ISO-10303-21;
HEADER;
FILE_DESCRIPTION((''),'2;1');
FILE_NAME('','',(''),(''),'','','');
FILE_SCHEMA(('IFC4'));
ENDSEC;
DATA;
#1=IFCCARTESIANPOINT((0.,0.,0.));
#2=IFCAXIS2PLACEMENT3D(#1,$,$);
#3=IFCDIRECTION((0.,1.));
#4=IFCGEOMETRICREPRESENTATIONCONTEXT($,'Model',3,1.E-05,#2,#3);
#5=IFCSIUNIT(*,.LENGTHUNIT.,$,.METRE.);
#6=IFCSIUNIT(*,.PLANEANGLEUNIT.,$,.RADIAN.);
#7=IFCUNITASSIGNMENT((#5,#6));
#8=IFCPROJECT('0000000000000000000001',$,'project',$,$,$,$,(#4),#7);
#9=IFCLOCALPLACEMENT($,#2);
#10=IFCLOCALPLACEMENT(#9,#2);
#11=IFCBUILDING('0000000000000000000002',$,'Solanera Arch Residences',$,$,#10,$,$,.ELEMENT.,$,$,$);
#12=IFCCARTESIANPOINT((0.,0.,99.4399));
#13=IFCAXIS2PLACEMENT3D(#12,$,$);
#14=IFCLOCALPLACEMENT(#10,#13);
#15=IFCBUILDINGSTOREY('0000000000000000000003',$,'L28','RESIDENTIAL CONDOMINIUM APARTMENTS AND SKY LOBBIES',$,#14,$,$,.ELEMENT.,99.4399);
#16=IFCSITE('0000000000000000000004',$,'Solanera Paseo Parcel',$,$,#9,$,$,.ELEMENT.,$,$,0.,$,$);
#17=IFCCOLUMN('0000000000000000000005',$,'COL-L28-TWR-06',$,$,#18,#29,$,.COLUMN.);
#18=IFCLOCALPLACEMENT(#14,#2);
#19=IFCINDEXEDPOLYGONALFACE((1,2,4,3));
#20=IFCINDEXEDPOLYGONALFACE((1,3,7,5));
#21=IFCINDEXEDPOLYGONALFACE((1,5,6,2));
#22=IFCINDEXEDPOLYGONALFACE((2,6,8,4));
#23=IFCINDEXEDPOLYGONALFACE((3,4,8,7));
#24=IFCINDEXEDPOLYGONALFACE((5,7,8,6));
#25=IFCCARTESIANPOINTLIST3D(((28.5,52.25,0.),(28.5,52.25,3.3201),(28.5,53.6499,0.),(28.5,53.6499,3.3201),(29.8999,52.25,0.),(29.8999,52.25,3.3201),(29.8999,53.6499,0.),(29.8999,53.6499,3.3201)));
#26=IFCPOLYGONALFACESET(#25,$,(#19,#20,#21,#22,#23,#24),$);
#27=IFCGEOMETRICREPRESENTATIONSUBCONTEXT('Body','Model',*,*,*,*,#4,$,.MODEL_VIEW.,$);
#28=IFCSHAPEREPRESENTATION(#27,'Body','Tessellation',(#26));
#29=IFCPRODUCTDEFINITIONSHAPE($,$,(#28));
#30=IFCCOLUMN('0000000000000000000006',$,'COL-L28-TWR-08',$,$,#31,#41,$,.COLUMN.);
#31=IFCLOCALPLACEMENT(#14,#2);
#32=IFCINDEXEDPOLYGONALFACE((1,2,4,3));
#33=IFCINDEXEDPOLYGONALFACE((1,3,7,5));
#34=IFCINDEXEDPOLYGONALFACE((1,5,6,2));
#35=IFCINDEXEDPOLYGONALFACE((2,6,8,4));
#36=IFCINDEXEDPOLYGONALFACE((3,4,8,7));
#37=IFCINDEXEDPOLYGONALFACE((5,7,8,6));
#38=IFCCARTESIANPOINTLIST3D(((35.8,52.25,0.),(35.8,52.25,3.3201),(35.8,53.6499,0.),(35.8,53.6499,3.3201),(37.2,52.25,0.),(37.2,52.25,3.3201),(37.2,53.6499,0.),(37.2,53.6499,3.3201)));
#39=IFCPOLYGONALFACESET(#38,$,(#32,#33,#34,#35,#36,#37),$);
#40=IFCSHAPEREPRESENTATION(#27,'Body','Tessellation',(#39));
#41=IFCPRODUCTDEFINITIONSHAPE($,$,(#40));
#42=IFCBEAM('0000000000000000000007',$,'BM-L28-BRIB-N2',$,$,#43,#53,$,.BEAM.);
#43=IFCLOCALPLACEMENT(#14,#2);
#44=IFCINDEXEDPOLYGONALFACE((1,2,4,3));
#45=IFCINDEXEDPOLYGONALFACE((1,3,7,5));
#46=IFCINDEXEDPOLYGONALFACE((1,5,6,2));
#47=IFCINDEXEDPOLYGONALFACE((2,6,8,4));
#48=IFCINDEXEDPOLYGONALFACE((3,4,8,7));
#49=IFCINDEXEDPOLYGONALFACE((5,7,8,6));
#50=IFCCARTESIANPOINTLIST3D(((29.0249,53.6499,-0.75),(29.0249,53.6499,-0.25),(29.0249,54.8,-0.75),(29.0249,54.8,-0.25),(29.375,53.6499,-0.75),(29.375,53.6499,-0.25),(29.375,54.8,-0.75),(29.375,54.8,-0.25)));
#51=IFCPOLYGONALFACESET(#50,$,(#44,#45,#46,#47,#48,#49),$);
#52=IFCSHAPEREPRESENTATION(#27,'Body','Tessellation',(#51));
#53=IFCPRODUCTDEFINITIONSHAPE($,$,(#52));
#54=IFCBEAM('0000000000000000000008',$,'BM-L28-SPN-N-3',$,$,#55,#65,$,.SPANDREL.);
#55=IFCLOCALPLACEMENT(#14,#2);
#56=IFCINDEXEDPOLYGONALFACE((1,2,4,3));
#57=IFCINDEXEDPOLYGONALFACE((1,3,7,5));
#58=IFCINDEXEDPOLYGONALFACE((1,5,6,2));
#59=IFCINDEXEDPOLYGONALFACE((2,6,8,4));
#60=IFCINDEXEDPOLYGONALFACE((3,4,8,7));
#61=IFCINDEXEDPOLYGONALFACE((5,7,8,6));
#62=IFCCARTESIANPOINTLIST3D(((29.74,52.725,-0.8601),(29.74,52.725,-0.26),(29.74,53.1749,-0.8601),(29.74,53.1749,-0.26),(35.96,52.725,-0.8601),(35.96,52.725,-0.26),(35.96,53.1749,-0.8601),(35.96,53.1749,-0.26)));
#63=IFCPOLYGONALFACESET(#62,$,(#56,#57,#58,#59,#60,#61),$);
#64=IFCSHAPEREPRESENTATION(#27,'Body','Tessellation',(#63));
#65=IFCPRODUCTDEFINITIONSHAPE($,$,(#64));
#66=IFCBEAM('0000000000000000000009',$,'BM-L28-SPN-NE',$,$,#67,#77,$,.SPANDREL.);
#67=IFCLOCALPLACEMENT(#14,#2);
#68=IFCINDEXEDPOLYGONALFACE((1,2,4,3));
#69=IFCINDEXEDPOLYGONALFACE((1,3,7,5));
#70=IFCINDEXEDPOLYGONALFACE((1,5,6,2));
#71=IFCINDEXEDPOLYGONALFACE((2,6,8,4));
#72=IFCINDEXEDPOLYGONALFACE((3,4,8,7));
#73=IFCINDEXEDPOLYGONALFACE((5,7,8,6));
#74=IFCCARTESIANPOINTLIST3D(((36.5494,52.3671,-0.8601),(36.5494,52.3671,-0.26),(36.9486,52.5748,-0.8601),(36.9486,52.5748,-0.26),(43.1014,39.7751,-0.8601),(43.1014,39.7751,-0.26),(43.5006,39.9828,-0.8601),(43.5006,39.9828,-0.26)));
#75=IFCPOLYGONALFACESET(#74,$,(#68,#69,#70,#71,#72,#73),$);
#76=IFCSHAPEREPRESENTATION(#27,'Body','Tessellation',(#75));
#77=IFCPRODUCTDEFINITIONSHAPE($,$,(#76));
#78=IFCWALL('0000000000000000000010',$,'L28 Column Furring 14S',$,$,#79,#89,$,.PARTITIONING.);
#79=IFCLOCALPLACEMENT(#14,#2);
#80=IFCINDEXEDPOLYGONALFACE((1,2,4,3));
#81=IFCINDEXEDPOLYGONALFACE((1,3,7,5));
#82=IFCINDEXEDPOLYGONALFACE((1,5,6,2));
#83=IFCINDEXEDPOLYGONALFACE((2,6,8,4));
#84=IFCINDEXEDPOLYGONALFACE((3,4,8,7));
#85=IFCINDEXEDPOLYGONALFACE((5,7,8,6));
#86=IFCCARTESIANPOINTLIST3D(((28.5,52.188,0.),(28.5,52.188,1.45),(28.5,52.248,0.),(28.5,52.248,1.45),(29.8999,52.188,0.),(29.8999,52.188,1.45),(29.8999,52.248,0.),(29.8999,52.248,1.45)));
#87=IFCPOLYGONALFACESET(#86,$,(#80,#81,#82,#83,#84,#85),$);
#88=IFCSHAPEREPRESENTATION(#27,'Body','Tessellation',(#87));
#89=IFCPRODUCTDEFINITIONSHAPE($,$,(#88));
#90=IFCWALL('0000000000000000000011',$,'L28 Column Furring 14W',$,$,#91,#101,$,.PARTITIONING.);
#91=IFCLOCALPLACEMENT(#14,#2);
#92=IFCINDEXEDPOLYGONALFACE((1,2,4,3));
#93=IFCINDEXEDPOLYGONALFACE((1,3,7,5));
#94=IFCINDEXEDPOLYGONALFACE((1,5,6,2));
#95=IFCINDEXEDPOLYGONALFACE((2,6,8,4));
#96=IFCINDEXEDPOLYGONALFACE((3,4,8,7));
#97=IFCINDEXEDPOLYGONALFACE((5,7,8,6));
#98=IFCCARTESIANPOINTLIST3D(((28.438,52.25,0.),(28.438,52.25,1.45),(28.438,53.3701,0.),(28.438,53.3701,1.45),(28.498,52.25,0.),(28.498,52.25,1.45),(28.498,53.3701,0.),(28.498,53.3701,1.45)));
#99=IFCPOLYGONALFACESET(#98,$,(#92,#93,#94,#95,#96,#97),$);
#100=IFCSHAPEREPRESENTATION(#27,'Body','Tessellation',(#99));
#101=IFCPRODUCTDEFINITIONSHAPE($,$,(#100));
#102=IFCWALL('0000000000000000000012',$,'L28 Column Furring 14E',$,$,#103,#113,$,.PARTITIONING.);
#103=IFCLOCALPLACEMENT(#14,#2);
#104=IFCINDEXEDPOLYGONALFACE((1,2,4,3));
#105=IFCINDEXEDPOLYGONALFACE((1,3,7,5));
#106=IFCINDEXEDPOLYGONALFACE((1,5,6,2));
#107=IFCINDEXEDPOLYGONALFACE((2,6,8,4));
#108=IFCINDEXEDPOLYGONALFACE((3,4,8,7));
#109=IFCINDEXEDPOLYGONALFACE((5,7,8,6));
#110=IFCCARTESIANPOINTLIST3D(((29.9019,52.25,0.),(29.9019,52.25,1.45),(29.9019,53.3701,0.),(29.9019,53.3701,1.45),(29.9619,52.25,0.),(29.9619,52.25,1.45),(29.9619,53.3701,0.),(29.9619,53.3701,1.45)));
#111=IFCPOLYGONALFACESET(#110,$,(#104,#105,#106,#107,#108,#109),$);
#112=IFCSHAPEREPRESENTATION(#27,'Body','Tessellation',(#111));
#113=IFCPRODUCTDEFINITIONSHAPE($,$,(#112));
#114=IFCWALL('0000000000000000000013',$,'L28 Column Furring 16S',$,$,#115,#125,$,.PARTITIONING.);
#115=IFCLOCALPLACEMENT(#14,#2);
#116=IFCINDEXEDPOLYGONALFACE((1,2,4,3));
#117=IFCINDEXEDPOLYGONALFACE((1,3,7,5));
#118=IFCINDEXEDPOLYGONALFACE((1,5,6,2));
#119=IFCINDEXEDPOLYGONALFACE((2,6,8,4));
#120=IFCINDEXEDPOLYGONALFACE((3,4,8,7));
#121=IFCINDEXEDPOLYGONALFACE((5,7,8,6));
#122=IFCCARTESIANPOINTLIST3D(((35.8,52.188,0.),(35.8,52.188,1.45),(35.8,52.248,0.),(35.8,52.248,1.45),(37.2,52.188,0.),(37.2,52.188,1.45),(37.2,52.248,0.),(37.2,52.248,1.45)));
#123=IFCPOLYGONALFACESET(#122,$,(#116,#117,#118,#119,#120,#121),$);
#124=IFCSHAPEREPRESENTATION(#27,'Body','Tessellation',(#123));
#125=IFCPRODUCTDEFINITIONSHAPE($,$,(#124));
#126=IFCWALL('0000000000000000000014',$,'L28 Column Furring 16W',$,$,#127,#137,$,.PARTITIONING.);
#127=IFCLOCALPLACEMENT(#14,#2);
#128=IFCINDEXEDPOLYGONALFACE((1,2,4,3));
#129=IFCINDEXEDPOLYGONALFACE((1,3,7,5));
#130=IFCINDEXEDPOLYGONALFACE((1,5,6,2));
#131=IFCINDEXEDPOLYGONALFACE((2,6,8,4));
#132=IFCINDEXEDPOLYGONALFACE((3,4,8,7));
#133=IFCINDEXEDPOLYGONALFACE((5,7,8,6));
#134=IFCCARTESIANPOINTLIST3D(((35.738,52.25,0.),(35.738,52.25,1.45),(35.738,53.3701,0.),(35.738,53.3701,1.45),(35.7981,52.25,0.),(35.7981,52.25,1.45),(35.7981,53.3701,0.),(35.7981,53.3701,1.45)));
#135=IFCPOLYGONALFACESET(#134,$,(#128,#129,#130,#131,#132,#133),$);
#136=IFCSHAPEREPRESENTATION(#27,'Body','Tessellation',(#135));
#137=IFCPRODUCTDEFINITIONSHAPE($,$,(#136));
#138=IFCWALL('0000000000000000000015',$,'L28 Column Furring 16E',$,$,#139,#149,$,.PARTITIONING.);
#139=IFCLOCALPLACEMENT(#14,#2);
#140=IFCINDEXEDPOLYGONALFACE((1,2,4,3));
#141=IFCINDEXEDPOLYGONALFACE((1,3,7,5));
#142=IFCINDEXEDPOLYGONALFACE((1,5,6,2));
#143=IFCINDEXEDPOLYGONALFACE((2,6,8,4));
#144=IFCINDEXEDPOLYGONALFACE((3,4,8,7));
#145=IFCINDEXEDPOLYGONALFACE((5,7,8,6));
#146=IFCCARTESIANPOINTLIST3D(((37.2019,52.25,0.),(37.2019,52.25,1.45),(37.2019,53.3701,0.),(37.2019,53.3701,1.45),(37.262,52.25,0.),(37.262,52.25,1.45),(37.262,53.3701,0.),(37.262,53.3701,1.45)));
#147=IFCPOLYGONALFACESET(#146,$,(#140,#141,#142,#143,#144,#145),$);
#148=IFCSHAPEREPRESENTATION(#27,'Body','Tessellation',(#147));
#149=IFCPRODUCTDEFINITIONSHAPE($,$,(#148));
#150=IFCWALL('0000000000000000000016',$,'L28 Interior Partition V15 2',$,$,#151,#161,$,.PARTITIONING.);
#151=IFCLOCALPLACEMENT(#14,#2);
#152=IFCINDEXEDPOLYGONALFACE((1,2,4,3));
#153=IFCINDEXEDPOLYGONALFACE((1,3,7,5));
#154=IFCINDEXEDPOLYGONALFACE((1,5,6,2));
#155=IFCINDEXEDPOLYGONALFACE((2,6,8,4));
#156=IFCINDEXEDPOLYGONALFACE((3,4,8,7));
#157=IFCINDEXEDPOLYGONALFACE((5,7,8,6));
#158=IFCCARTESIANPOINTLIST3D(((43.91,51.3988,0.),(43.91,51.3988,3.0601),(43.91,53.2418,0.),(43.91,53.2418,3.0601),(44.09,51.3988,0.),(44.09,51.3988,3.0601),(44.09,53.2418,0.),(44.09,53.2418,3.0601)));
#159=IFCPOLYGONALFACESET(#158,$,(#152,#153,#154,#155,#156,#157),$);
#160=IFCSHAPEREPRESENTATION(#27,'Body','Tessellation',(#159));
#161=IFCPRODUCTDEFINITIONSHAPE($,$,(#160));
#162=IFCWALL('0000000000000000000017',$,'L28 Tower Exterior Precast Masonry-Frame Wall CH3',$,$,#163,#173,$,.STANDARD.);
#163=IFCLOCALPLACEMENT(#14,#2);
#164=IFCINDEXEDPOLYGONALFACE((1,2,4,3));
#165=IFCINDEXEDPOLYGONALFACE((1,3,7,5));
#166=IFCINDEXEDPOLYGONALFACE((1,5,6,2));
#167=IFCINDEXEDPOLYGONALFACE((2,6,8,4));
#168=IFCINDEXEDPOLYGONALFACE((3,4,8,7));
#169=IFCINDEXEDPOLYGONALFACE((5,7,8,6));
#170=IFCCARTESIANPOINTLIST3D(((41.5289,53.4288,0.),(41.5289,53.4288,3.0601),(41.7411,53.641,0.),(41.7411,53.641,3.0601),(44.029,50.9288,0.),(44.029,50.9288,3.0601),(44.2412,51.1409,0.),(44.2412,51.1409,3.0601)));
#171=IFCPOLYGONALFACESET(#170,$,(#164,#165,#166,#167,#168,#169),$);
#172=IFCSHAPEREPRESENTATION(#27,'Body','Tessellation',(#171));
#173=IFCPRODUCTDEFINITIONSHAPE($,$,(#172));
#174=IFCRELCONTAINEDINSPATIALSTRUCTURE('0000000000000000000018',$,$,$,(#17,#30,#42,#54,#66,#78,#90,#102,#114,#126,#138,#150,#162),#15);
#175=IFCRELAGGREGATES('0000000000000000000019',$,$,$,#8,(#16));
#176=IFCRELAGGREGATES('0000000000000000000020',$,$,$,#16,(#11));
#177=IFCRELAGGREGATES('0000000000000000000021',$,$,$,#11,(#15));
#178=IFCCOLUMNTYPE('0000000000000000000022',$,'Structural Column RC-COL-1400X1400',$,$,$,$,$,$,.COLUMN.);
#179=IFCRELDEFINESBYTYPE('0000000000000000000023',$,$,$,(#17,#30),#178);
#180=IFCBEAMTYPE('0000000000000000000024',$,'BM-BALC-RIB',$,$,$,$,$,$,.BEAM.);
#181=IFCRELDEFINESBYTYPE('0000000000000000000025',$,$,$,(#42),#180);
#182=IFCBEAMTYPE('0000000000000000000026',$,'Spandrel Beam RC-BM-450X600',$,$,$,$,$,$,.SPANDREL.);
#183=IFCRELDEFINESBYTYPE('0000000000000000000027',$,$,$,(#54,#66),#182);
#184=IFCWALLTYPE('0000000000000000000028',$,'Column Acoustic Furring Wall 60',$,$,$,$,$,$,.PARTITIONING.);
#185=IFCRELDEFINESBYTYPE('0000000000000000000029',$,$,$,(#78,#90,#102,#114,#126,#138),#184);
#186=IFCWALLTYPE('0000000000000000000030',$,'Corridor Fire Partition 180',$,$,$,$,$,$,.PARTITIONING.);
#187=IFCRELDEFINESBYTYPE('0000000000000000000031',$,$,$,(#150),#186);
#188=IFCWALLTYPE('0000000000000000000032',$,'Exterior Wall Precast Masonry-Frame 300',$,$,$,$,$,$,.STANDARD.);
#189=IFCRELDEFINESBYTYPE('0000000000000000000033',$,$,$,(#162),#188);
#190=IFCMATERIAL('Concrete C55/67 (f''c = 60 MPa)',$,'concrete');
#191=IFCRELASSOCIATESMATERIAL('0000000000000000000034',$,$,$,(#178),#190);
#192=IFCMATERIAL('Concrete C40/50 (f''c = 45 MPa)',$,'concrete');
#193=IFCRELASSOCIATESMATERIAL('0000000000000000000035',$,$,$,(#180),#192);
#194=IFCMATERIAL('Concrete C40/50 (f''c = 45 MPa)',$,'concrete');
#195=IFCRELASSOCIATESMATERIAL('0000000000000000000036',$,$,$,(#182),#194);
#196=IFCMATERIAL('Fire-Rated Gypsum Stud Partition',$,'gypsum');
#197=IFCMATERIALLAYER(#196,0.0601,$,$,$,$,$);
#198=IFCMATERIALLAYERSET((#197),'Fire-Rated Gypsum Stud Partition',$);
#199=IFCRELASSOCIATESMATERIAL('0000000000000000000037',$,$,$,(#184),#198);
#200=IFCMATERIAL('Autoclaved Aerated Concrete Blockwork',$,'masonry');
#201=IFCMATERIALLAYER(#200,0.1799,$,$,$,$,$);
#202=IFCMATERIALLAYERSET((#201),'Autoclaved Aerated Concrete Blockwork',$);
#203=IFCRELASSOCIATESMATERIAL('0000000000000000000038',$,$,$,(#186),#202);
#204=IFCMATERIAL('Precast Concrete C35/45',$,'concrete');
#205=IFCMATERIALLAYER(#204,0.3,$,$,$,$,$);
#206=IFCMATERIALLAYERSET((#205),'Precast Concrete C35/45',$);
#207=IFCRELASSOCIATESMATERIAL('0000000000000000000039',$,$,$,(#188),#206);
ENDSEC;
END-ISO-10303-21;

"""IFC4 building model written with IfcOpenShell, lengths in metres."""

from ifc_helpers import new_model, si_unit, direction, frame, frame_2d, origin, origin_2d, place, context, subcontext, project, spatial, rectangle, extrude, material, layer, layer_set, material_profile, profile_set, type_object, element, save


model = new_model("IFC4")

# Units and contexts
model_context = context("Model", 3, precision=1e-05, world=origin(), true_north=direction((0.0, 1.0)))
body_context = subcontext(model_context, "Body", "Model", "MODEL_VIEW")
ifc_project = project(units=[si_unit("LENGTHUNIT", "METRE"), si_unit("PLANEANGLEUNIT", "RADIAN")], contexts=[model_context])

# Site, building, storey
site_placement = place(None, origin())
site = spatial("IfcSite", under=ifc_project, at=site_placement, Name="Solanera Paseo Parcel", CompositionType="ELEMENT", RefElevation=0.0)
building_placement = place(site_placement, origin())
building = spatial("IfcBuilding", under=site, at=building_placement, Name="Solanera Arch Residences", CompositionType="ELEMENT")
storey_placement = place(building_placement, frame((0.0, 0.0, 99.4399)))
storey = spatial("IfcBuildingStorey", under=building, at=storey_placement, Name="L28", Description="RESIDENTIAL CONDOMINIUM APARTMENTS AND SKY LOBBIES", CompositionType="ELEMENT", Elevation=99.4399)

# Columns
ifc_material_1 = material(Name="Concrete C55/67 (f'c = 60 MPa)", Category="concrete")
ifc_material_profile_1 = material_profile(ifc_material_1, rectangle(XDim=1.3999, YDim=1.3999, at=origin_2d()))
ifc_profile_set_1 = profile_set([ifc_material_profile_1], Name="Concrete C55/67 (f'c = 60 MPa)")
column_type = type_object("IfcColumnType", Name="Structural Column RC-COL-1400X1400", PredefinedType="COLUMN", material=ifc_profile_set_1)
for number, where, z_axis, x_axis, name in (
    (1, (29.2, 52.95, 0.0), (0.0, 0.0, 1.0), (1.0, 0.0, 0.0), "COL-L28-TWR-06"),
    (2, (36.5, 52.95, 0.0), (0.0, 0.0, 1.0), (1.0, 0.0, 0.0), "COL-L28-TWR-08"),
):
    element("IfcColumn", number, at=place(storey_placement, frame(where, z_axis=z_axis, x_axis=x_axis)), inside=storey, type_object=column_type, Name=name, PredefinedType="COLUMN", context=body_context, shape_type="SweptSolid", body=[
        extrude(rectangle(XDim=1.3999, YDim=1.3999, at=origin_2d()), origin(), (0.0, 0.0, 1.0), 3.3201),
    ])

# Beams
ifc_material_2 = material(Name="Concrete C40/50 (f'c = 45 MPa)", Category="concrete")
ifc_material_profile_2 = material_profile(ifc_material_2, rectangle(XDim=0.3501, YDim=0.5, at=origin_2d()))
ifc_profile_set_2 = profile_set([ifc_material_profile_2], Name="Concrete C40/50 (f'c = 45 MPa)")
beam_type_1 = type_object("IfcBeamType", Name="BM-BALC-RIB", PredefinedType="BEAM", material=ifc_profile_set_2)
beam_1_placement = place(storey_placement, frame((29.2, 53.6499, -0.5), z_axis=(0.0, 1.0, 0.0), x_axis=(-1.0, 0.0, 0.0)))
element("IfcBeam", 3, at=beam_1_placement, inside=storey, type_object=beam_type_1, Name="BM-L28-BRIB-N2", PredefinedType="BEAM", context=body_context, shape_type="SweptSolid", body=[
    extrude(rectangle(XDim=0.3501, YDim=0.5, at=origin_2d()), origin(), (0.0, 0.0, 1.0), 1.1501),
])
ifc_material_3 = material(Name="Concrete C40/50 (f'c = 45 MPa)", Category="concrete")
ifc_material_profile_3 = material_profile(ifc_material_3, rectangle(XDim=0.45, YDim=0.6001, at=origin_2d()))
ifc_profile_set_3 = profile_set([ifc_material_profile_3], Name="Concrete C40/50 (f'c = 45 MPa)")
beam_type_2 = type_object("IfcBeamType", Name="Spandrel Beam RC-BM-450X600", PredefinedType="SPANDREL", material=ifc_profile_set_3)
beam_2_placement = place(storey_placement, frame((29.74, 52.95, -0.5601), z_axis=(1.0, 0.0, 0.0), x_axis=(0.0, 1.0, 0.0)))
element("IfcBeam", 4, at=beam_2_placement, inside=storey, type_object=beam_type_2, Name="BM-L28-SPN-N-3", PredefinedType="SPANDREL", context=body_context, shape_type="SweptSolid", body=[
    extrude(rectangle(XDim=0.45, YDim=0.6001, at=origin_2d()), origin(), (0.0, 0.0, 1.0), 6.22),
])
beam_3_placement = place(storey_placement, frame((36.749, 52.4709, -0.5601), z_axis=(0.461582, -0.887097, 0.0), x_axis=(0.887097, 0.461582, 0.0)))
element("IfcBeam", 5, at=beam_3_placement, inside=storey, type_object=beam_type_2, Name="BM-L28-SPN-NE", PredefinedType="SPANDREL", context=body_context, shape_type="SweptSolid", body=[
    extrude(rectangle(XDim=0.45, YDim=0.6001, at=origin_2d()), origin(), (0.0, 0.0, 1.0), 14.1946),
])

# Walls
ifc_material_4 = material(Name="Fire-Rated Gypsum Stud Partition", Category="gypsum")
ifc_layer_1 = layer(ifc_material_4, 0.0601)
ifc_layer_set_1 = layer_set([ifc_layer_1], Name="Fire-Rated Gypsum Stud Partition")
wall_type_1 = type_object("IfcWallType", Name="Column Acoustic Furring Wall 60", PredefinedType="PARTITIONING", material=ifc_layer_set_1)
wall_1_placement = place(storey_placement, frame((28.5, 52.218, 0.0), z_axis=(0.0, 0.0, 1.0), x_axis=(1.0, 0.0, 0.0)))
element("IfcWall", 6, at=wall_1_placement, inside=storey, type_object=wall_type_1, Name="L28 Column Furring 14S", PredefinedType="PARTITIONING", context=body_context, shape_type="SweptSolid", body=[
    extrude(rectangle(XDim=1.3999, YDim=0.0601, at=frame_2d((0.7, 0.0))), origin(), (0.0, 0.0, 1.0), 1.45),
])
for number, where, z_axis, x_axis, name in (
    (7, (28.468, 52.25, 0.0), (0.0, 0.0, 1.0), (0.0, 1.0, 0.0), "L28 Column Furring 14W"),
    (8, (29.9319, 52.25, 0.0), (0.0, 0.0, 1.0), (0.0, 1.0, 0.0), "L28 Column Furring 14E"),
):
    element("IfcWall", number, at=place(storey_placement, frame(where, z_axis=z_axis, x_axis=x_axis)), inside=storey, type_object=wall_type_1, Name=name, PredefinedType="PARTITIONING", context=body_context, shape_type="SweptSolid", body=[
        extrude(rectangle(XDim=1.1201, YDim=0.0601, at=frame_2d((0.5601, 0.0))), origin(), (0.0, 0.0, 1.0), 1.45),
    ])
wall_2_placement = place(storey_placement, frame((35.8, 52.218, 0.0), z_axis=(0.0, 0.0, 1.0), x_axis=(1.0, 0.0, 0.0)))
element("IfcWall", 9, at=wall_2_placement, inside=storey, type_object=wall_type_1, Name="L28 Column Furring 16S", PredefinedType="PARTITIONING", context=body_context, shape_type="SweptSolid", body=[
    extrude(rectangle(XDim=1.3999, YDim=0.0601, at=frame_2d((0.7, 0.0))), origin(), (0.0, 0.0, 1.0), 1.45),
])
for number, where, z_axis, x_axis, name in (
    (10, (35.7681, 52.25, 0.0), (0.0, 0.0, 1.0), (0.0, 1.0, 0.0), "L28 Column Furring 16W"),
    (11, (37.2319, 52.25, 0.0), (0.0, 0.0, 1.0), (0.0, 1.0, 0.0), "L28 Column Furring 16E"),
):
    element("IfcWall", number, at=place(storey_placement, frame(where, z_axis=z_axis, x_axis=x_axis)), inside=storey, type_object=wall_type_1, Name=name, PredefinedType="PARTITIONING", context=body_context, shape_type="SweptSolid", body=[
        extrude(rectangle(XDim=1.1201, YDim=0.0601, at=frame_2d((0.5601, 0.0))), origin(), (0.0, 0.0, 1.0), 1.45),
    ])
ifc_material_5 = material(Name="Autoclaved Aerated Concrete Blockwork", Category="masonry")
ifc_layer_2 = layer(ifc_material_5, 0.1799)
ifc_layer_set_2 = layer_set([ifc_layer_2], Name="Autoclaved Aerated Concrete Blockwork")
wall_type_2 = type_object("IfcWallType", Name="Corridor Fire Partition 180", PredefinedType="PARTITIONING", material=ifc_layer_set_2)
wall_3_placement = place(storey_placement, frame((44.0, 51.3989, 0.0), z_axis=(0.0, 0.0, 1.0), x_axis=(0.0, 1.0, 0.0)))
element("IfcWall", 12, at=wall_3_placement, inside=storey, type_object=wall_type_2, Name="L28 Interior Partition V15 2", PredefinedType="PARTITIONING", context=body_context, shape_type="SweptSolid", body=[
    extrude(rectangle(XDim=1.843, YDim=0.1799, at=frame_2d((0.9214, 0.0))), origin(), (0.0, 0.0, 1.0), 3.0601),
])
ifc_material_6 = material(Name="Precast Concrete C35/45", Category="concrete")
ifc_layer_3 = layer(ifc_material_6, 0.3)
ifc_layer_set_3 = layer_set([ifc_layer_3], Name="Precast Concrete C35/45")
wall_type_3 = type_object("IfcWallType", Name="Exterior Wall Precast Masonry-Frame 300", PredefinedType="STANDARD", material=ifc_layer_set_3)
wall_4_placement = place(storey_placement, frame((41.635, 53.5349, 0.0), z_axis=(0.0, 0.0, 1.0), x_axis=(0.707107, -0.707107, 0.0)))
element("IfcWall", 13, at=wall_4_placement, inside=storey, type_object=wall_type_3, Name="L28 Tower Exterior Precast Masonry-Frame Wall CH3", PredefinedType="STANDARD", context=body_context, shape_type="SweptSolid", body=[
    extrude(rectangle(XDim=3.5356, YDim=0.3, at=frame_2d((1.7678, 0.0))), origin(), (0.0, 0.0, 1.0), 3.0601),
])

save(model, "model.ifc")
